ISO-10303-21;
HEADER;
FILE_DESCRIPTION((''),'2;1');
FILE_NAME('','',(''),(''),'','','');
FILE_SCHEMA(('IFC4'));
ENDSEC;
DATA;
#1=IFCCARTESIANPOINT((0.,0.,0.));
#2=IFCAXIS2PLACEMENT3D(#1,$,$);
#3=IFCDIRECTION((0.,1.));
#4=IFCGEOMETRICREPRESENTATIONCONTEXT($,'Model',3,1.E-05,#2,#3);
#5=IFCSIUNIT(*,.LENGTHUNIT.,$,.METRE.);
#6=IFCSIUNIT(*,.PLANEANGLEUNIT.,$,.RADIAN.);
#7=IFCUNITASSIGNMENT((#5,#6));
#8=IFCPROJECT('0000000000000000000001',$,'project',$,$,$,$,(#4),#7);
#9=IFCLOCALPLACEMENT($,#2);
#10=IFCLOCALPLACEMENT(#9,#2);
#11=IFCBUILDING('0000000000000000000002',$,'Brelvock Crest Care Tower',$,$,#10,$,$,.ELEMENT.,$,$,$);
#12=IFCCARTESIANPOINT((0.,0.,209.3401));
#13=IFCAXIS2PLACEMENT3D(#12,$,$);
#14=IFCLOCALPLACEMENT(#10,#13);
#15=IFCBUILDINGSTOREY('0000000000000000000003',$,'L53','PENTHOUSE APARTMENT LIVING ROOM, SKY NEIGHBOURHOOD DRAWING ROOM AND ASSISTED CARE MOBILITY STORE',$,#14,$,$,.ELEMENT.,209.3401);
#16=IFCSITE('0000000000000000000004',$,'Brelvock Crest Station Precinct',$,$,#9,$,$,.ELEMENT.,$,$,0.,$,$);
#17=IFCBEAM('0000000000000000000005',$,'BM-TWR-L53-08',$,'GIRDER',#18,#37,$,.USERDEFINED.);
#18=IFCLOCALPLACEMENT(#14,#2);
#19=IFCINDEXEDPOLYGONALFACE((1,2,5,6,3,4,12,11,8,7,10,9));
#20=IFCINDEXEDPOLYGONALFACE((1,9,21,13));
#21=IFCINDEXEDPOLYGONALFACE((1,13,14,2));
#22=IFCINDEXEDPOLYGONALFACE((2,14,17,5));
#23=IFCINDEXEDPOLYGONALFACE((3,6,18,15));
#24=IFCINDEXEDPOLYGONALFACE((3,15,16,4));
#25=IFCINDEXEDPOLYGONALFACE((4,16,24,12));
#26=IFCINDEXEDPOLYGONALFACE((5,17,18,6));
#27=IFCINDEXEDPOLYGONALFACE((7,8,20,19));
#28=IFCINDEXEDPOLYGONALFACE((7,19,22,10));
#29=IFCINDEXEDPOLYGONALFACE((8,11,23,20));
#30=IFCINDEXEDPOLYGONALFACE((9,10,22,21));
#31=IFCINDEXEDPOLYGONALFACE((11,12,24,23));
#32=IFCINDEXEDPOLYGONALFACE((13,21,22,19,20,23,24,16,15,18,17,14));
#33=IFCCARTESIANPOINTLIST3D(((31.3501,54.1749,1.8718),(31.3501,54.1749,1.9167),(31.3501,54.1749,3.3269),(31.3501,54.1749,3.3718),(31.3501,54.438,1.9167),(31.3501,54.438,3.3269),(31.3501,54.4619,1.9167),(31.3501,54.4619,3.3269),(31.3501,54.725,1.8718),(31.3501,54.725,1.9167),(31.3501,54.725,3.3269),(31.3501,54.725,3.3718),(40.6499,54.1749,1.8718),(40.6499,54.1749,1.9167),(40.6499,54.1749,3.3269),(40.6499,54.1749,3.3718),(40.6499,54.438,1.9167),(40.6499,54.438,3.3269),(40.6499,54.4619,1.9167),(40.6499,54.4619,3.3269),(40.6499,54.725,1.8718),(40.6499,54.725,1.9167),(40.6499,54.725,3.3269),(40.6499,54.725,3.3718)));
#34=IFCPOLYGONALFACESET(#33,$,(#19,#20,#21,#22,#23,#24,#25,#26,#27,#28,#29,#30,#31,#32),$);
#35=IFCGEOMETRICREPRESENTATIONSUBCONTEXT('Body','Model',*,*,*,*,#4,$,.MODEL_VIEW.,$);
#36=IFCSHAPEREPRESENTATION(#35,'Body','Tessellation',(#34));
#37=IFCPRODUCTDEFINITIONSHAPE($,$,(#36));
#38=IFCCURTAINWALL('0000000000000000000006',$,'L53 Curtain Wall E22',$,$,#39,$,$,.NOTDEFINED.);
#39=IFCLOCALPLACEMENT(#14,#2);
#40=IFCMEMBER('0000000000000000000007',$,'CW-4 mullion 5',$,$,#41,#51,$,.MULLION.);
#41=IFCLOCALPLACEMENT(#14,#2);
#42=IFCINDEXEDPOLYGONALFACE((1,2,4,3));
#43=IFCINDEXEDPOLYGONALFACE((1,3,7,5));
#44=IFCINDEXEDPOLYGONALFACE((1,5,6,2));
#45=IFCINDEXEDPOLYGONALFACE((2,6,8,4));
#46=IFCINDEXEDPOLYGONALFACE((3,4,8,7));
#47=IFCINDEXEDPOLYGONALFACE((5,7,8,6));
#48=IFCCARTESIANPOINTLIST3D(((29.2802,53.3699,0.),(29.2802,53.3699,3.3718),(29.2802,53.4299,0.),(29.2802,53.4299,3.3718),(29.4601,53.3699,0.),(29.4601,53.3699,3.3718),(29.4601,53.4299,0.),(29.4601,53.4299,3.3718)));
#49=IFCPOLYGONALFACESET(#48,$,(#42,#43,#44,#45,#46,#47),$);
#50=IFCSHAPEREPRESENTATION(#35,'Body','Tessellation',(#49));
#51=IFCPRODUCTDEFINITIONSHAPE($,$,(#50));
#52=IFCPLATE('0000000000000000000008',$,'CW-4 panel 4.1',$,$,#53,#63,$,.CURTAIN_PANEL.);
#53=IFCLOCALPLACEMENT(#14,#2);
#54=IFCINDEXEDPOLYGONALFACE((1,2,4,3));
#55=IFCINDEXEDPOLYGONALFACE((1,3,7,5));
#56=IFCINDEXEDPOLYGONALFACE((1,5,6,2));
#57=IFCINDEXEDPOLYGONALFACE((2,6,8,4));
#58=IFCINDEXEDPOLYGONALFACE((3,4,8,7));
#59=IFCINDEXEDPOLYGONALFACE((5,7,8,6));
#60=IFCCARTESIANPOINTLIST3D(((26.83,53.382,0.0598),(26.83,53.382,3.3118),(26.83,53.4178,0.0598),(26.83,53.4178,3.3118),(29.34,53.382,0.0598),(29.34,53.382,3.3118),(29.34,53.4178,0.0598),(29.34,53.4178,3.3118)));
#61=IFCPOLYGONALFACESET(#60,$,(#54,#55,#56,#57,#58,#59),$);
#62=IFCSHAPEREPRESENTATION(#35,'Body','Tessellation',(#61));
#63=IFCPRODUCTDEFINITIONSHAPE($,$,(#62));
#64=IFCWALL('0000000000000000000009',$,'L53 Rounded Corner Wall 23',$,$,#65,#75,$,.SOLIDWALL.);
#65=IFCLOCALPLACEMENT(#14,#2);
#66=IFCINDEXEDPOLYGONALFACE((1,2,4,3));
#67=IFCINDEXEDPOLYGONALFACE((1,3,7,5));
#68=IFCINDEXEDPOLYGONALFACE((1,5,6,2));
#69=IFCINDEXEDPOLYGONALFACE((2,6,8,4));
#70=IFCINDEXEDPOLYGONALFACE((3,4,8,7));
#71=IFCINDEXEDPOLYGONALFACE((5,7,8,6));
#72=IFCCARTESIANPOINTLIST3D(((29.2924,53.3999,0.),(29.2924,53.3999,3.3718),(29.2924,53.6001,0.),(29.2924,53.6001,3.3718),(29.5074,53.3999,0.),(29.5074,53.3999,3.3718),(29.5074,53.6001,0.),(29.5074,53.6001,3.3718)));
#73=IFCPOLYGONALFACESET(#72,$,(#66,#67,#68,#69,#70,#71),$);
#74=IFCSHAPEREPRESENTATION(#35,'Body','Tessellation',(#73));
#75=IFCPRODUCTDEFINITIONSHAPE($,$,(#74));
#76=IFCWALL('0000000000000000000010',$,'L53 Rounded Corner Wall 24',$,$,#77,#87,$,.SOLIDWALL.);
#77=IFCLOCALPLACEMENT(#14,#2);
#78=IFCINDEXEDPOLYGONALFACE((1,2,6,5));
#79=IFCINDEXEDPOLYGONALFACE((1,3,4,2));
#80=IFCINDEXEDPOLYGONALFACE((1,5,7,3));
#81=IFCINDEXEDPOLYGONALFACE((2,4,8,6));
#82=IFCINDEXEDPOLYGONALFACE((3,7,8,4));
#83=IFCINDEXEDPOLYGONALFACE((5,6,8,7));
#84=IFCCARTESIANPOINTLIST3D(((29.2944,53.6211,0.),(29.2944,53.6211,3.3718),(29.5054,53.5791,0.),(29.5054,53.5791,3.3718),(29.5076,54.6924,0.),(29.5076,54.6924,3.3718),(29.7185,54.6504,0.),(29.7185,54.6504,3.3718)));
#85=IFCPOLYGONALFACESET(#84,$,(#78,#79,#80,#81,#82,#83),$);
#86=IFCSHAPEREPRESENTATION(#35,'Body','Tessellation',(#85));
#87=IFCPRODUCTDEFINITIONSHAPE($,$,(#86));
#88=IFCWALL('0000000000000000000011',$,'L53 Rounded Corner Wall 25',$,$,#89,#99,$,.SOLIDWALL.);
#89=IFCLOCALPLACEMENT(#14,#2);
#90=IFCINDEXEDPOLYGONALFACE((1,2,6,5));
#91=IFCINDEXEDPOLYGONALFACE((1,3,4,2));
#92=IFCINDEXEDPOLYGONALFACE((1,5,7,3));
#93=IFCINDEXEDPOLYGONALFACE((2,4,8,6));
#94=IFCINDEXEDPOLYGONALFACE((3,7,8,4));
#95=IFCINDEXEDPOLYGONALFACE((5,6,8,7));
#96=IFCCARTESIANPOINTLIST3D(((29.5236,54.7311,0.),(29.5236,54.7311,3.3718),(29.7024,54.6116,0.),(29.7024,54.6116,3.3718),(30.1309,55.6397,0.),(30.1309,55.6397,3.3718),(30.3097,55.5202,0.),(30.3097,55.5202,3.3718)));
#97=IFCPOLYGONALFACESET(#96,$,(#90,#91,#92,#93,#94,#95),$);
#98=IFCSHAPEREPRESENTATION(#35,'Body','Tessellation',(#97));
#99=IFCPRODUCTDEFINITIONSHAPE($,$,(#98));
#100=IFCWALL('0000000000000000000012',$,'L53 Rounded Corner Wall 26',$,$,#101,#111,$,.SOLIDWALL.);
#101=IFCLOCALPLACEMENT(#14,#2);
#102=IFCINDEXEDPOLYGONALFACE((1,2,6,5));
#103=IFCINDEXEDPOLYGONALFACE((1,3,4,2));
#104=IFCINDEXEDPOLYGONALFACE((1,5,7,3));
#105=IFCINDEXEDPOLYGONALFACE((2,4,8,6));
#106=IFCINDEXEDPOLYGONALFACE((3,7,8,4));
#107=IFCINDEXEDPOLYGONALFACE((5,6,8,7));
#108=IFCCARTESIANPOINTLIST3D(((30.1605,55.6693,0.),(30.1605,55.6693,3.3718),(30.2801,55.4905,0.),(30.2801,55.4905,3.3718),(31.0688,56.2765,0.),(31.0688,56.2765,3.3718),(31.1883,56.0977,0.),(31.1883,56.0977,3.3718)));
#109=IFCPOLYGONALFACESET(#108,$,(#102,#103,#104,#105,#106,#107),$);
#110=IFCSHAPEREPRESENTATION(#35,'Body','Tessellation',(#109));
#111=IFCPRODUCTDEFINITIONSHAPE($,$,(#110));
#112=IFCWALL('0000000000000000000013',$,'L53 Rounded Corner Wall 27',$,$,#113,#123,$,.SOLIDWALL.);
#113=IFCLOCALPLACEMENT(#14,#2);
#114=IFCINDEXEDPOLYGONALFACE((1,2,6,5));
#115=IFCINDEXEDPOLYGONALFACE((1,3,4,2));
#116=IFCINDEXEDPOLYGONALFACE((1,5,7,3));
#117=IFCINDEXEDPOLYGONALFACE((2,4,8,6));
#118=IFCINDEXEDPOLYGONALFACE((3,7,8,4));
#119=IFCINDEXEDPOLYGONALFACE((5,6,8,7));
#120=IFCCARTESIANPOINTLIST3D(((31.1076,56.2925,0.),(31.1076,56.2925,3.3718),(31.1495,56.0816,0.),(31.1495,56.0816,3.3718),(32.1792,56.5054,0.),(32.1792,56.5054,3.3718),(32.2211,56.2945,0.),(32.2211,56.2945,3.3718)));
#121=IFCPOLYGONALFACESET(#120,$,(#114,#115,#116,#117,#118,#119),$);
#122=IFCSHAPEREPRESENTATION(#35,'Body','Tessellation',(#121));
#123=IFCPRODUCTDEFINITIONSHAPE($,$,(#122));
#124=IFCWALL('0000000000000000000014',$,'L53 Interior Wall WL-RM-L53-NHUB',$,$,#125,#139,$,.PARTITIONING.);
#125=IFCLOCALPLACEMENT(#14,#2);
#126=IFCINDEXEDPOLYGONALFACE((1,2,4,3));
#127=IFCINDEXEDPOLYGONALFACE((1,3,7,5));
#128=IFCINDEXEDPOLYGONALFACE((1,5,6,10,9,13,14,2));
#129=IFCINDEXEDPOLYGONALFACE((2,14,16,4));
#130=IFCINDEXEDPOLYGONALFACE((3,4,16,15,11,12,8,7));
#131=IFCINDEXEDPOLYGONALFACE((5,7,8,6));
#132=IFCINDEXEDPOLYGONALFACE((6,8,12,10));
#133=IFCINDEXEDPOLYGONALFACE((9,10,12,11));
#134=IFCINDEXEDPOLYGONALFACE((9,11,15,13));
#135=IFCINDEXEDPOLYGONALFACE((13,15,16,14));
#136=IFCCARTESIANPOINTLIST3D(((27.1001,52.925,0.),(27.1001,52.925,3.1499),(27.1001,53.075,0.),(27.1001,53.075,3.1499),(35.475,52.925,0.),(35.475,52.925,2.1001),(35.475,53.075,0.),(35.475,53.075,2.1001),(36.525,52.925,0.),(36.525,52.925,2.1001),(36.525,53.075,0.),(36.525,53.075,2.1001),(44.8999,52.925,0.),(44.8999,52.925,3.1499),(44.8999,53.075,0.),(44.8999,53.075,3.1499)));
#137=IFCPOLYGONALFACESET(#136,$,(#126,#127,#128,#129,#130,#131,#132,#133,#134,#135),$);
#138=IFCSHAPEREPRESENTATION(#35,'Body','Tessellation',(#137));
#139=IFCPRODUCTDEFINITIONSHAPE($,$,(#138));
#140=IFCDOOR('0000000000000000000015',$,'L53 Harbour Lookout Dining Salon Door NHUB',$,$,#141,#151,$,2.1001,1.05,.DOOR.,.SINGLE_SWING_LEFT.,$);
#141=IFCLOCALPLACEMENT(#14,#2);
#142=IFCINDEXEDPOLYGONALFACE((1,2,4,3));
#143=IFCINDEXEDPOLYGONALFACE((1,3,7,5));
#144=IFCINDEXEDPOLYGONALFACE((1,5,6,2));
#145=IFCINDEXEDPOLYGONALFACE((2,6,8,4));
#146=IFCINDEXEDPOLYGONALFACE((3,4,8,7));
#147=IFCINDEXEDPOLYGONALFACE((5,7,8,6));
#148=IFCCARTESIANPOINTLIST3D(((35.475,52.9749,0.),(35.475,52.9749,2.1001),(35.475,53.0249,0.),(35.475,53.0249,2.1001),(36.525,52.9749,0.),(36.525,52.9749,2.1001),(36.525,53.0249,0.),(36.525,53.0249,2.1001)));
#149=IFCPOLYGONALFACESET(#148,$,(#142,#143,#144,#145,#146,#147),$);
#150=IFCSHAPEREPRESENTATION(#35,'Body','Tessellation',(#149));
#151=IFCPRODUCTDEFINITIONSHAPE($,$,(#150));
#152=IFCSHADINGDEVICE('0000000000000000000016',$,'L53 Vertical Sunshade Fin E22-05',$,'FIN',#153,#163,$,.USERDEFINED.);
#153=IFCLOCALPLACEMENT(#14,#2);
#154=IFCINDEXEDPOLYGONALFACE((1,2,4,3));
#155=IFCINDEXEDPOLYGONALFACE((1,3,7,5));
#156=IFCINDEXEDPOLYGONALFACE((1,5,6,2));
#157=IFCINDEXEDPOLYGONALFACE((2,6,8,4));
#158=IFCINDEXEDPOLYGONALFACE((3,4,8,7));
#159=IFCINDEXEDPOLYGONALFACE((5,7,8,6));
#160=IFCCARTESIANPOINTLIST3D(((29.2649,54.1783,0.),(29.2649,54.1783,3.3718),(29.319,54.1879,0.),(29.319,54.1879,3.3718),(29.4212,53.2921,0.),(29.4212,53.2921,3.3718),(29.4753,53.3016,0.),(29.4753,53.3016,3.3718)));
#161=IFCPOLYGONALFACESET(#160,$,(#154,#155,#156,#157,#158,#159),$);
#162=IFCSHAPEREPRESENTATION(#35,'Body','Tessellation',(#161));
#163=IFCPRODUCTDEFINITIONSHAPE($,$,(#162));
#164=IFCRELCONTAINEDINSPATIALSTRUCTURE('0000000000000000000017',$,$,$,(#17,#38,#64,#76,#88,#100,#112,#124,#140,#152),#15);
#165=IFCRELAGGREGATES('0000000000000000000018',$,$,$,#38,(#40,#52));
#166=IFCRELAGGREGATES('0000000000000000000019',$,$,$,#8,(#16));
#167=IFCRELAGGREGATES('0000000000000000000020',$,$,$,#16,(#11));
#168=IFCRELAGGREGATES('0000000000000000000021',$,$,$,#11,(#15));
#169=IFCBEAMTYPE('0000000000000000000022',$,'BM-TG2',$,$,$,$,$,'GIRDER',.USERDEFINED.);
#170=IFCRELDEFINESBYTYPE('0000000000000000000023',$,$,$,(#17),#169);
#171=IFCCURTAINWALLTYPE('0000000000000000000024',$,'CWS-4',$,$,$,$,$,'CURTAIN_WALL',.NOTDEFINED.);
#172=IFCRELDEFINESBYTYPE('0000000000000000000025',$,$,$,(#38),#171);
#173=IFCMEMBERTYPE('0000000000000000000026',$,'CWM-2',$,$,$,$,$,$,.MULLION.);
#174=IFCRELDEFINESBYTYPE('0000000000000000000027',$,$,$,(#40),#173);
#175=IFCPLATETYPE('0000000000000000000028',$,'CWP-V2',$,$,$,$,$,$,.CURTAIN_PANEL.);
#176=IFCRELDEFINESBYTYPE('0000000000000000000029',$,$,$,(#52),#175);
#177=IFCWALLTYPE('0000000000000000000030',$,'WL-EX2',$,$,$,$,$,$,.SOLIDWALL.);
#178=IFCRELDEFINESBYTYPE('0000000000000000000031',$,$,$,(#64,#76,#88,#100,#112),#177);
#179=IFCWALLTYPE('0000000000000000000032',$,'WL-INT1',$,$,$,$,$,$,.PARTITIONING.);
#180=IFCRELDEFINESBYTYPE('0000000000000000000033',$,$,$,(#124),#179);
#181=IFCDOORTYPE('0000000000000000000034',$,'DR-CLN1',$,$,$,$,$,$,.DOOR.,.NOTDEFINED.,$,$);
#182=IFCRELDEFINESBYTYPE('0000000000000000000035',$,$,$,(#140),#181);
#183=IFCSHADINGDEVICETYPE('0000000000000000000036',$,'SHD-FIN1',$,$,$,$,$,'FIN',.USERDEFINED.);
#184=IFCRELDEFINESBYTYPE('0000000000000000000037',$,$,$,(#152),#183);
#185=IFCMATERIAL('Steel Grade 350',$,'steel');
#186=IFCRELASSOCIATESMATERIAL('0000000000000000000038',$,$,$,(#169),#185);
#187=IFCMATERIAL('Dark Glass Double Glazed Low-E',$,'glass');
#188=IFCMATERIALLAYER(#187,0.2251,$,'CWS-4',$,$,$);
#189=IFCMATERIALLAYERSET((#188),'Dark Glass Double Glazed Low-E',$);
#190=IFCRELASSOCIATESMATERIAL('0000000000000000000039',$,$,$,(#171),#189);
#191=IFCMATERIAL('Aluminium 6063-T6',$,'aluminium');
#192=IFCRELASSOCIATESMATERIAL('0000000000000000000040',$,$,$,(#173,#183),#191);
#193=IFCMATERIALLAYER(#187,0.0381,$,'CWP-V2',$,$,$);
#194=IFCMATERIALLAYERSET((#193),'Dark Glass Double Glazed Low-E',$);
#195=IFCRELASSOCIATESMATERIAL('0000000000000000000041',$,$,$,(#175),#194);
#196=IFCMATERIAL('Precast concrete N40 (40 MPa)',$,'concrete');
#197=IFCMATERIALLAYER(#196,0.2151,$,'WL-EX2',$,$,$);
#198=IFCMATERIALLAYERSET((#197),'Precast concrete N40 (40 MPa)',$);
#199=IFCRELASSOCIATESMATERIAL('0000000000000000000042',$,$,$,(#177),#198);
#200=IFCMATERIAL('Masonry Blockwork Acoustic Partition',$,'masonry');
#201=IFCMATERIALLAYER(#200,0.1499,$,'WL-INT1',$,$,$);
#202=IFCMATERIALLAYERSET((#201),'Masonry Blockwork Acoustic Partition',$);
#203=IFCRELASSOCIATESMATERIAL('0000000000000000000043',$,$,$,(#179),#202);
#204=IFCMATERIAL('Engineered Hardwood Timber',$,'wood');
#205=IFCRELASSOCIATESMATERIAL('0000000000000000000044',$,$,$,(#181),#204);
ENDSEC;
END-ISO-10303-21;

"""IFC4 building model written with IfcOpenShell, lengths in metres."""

from ifc_helpers import new_model, si_unit, direction, frame, frame_2d, origin, origin_2d, place, context, subcontext, project, spatial, rectangle, i_section, extrude, source, transform, mapped, material, layer, layer_set, material_profile, profile_set, type_object, element, fill, aggregate, save


model = new_model("IFC4")

# Units and contexts
model_context = context("Model", 3, precision=1e-05, world=origin(), true_north=direction((0.0, 1.0)))
body_context = subcontext(model_context, "Body", "Model", "MODEL_VIEW")
ifc_project = project(units=[si_unit("LENGTHUNIT", "METRE"), si_unit("PLANEANGLEUNIT", "RADIAN")], contexts=[model_context])

# Site, building, storey
site_placement = place(None, origin())
site = spatial("IfcSite", under=ifc_project, at=site_placement, Name="Brelvock Crest Station Precinct", CompositionType="ELEMENT", RefElevation=0.0)
building_placement = place(site_placement, origin())
building = spatial("IfcBuilding", under=site, at=building_placement, Name="Brelvock Crest Care Tower", CompositionType="ELEMENT")
storey_placement = place(building_placement, frame((0.0, 0.0, 209.3401)))
storey = spatial("IfcBuildingStorey", under=building, at=storey_placement, Name="L53", Description="PENTHOUSE APARTMENT LIVING ROOM, SKY NEIGHBOURHOOD DRAWING ROOM AND ASSISTED CARE MOBILITY STORE", CompositionType="ELEMENT", Elevation=209.3401)

# Shared definitions
ifc_material_1 = material(Name="Steel Grade 350", Category="steel")

# Beam
ifc_material_profile_1 = material_profile(ifc_material_1, i_section(OverallWidth=0.55, OverallDepth=1.5, WebThickness=0.0239, FlangeThickness=0.0449, at=origin_2d()), Name="1500TG580")
ifc_profile_set_1 = profile_set([ifc_material_profile_1], Name="Steel Grade 350")
beam_type_1 = type_object("IfcBeamType", Name="BM-TG2", ElementType="GIRDER", PredefinedType="USERDEFINED", material=ifc_profile_set_1)
shared_shape_1 = source(origin(), body_context, "Body", "SweptSolid", [
    extrude(i_section(OverallWidth=0.55, OverallDepth=1.5, WebThickness=0.0239, FlangeThickness=0.0449, at=origin_2d()), origin(), (0.0, 0.0, 1.0), 9.2998),
])
beam_placement = place(storey_placement, frame((31.3501, 54.45, 2.6218), z_axis=(1.0, 0.0, 0.0), x_axis=(0.0, 1.0, 0.0)))
element("IfcBeam", 1, at=beam_placement, inside=storey, type_object=beam_type_1, Name="BM-TWR-L53-08", ObjectType="GIRDER", PredefinedType="USERDEFINED", context=body_context, shape_type="MappedRepresentation", body=[
    mapped(shared_shape_1, transform((0.0, 0.0, 0.0), x_axis=(1.0, 0.0, 0.0), y_axis=(0.0, 1.0, 0.0), z_axis=(0.0, 0.0, 1.0), scale=1.0)),
])

# Curtain wall, member, plate
ifc_material_2 = material(Name="Dark Glass Double Glazed Low-E", Category="glass")
ifc_layer_1 = layer(ifc_material_2, 0.2251, Name="CWS-4")
ifc_layer_set_1 = layer_set([ifc_layer_1], Name="Dark Glass Double Glazed Low-E")
curtain_wall_type = type_object("IfcCurtainWallType", Name="CWS-4", ElementType="CURTAIN_WALL", PredefinedType="NOTDEFINED", material=ifc_layer_set_1)
curtain_wall_placement = place(storey_placement, origin())
curtain_wall = element("IfcCurtainWall", 2, at=curtain_wall_placement, inside=storey, type_object=curtain_wall_type, Name="L53 Curtain Wall E22", PredefinedType="NOTDEFINED")
ifc_material_3 = material(Name="Aluminium 6063-T6", Category="aluminium")
ifc_material_profile_2 = material_profile(ifc_material_3, rectangle(XDim=0.0601, YDim=0.1799, at=origin_2d()), Name="ALU60x180")
ifc_profile_set_2 = profile_set([ifc_material_profile_2], Name="Aluminium 6063-T6")
member_type = type_object("IfcMemberType", Name="CWM-2", PredefinedType="MULLION", material=ifc_profile_set_2)
shared_shape_2 = source(origin(), body_context, "Body", "SweptSolid", [
    extrude(rectangle(XDim=0.0601, YDim=0.1799, at=origin_2d()), origin(), (0.0, 0.0, 1.0), 3.3718),
])
member_placement = place(storey_placement, frame((29.3701, 53.3999, 0.0), z_axis=(0.0, 0.0, 1.0), x_axis=(0.0, 1.0, 0.0)))
member = element("IfcMember", 3, at=member_placement, type_object=member_type, Name="CW-4 mullion 5", PredefinedType="MULLION", context=body_context, shape_type="MappedRepresentation", body=[
    mapped(shared_shape_2, transform((0.0, 0.0, 0.0), x_axis=(1.0, 0.0, 0.0), y_axis=(0.0, 1.0, 0.0), z_axis=(0.0, 0.0, 1.0), scale=1.0)),
])
ifc_layer_2 = layer(ifc_material_2, 0.0381, Name="CWP-V2")
ifc_layer_set_2 = layer_set([ifc_layer_2], Name="Dark Glass Double Glazed Low-E")
plate_type = type_object("IfcPlateType", Name="CWP-V2", PredefinedType="CURTAIN_PANEL", material=ifc_layer_set_2)
shared_shape_3 = source(origin(), body_context, "Body", "SweptSolid", [
    extrude(rectangle(XDim=2.51, YDim=0.0359, at=origin_2d()), origin(), (0.0, 0.0, 1.0), 3.252),
])
plate_placement = place(storey_placement, frame((28.085, 53.3999, 0.0598), z_axis=(0.0, 0.0, 1.0), x_axis=(1.0, 0.0, 0.0)))
plate = element("IfcPlate", 4, at=plate_placement, type_object=plate_type, Name="CW-4 panel 4.1", PredefinedType="CURTAIN_PANEL", context=body_context, shape_type="MappedRepresentation", body=[
    mapped(shared_shape_3, transform((0.0, 0.0, 0.0), x_axis=(1.0, 0.0, 0.0), y_axis=(0.0, 1.0, 0.0), z_axis=(0.0, 0.0, 1.0), scale=1.0)),
])
aggregate(curtain_wall, [member, plate])

# Walls
ifc_material_4 = material(Name="Precast concrete N40 (40 MPa)", Category="concrete")
ifc_layer_3 = layer(ifc_material_4, 0.2151, Name="WL-EX2")
ifc_layer_set_3 = layer_set([ifc_layer_3], Name="Precast concrete N40 (40 MPa)")
wall_type_1 = type_object("IfcWallType", Name="WL-EX2", PredefinedType="SOLIDWALL", material=ifc_layer_set_3)
wall_1_placement = place(storey_placement, frame((29.3999, 53.3999, 0.0), z_axis=(0.0, 0.0, 1.0), x_axis=(0.0, 1.0, 0.0)))
element("IfcWall", 5, at=wall_1_placement, inside=storey, type_object=wall_type_1, Name="L53 Rounded Corner Wall 23", PredefinedType="SOLIDWALL", context=body_context, shape_type="SweptSolid", body=[
    extrude(rectangle(XDim=0.2002, YDim=0.2151, at=frame_2d((0.1001, 0.0))), origin(), (0.0, 0.0, 1.0), 3.3718),
])
wall_2_placement = place(storey_placement, frame((29.3999, 53.6001, 0.0), z_axis=(0.0, 0.0, 1.0), x_axis=(0.195127, 0.980778, 0.0)))
element("IfcWall", 6, at=wall_2_placement, inside=storey, type_object=wall_type_1, Name="L53 Rounded Corner Wall 24", PredefinedType="SOLIDWALL", context=body_context, shape_type="SweptSolid", body=[
    extrude(rectangle(XDim=1.0923, YDim=0.2151, at=frame_2d((0.5461, 0.0))), origin(), (0.0, 0.0, 1.0), 3.3718),
])
wall_3_placement = place(storey_placement, frame((29.613, 54.6714, 0.0), z_axis=(0.0, 0.0, 1.0), x_axis=(0.555679, 0.831397, 0.0)))
element("IfcWall", 7, at=wall_3_placement, inside=storey, type_object=wall_type_1, Name="L53 Rounded Corner Wall 25", PredefinedType="SOLIDWALL", context=body_context, shape_type="SweptSolid", body=[
    extrude(rectangle(XDim=1.0928, YDim=0.2151, at=frame_2d((0.5464, 0.0))), origin(), (0.0, 0.0, 1.0), 3.3718),
])
for number, where, z_axis, x_axis, name in (
    (8, (30.2202, 55.5798, 0.0), (0.0, 0.0, 1.0), (0.831328, 0.555783, 0.0), "L53 Rounded Corner Wall 26"),
    (9, (31.1284, 56.187, 0.0), (0.0, 0.0, 1.0), (0.980829, 0.19487, 0.0), "L53 Rounded Corner Wall 27"),
):
    element("IfcWall", number, at=place(storey_placement, frame(where, z_axis=z_axis, x_axis=x_axis)), inside=storey, type_object=wall_type_1, Name=name, PredefinedType="SOLIDWALL", context=body_context, shape_type="SweptSolid", body=[
        extrude(rectangle(XDim=1.0925, YDim=0.2151, at=frame_2d((0.5464, 0.0))), origin(), (0.0, 0.0, 1.0), 3.3718),
    ])

# Wall, opening, door
ifc_material_5 = material(Name="Masonry Blockwork Acoustic Partition", Category="masonry")
ifc_layer_4 = layer(ifc_material_5, 0.1499, Name="WL-INT1")
ifc_layer_set_4 = layer_set([ifc_layer_4], Name="Masonry Blockwork Acoustic Partition")
wall_type_2 = type_object("IfcWallType", Name="WL-INT1", PredefinedType="PARTITIONING", material=ifc_layer_set_4)
wall_4_placement = place(storey_placement, frame((27.1001, 53.0, 0.0), z_axis=(0.0, 0.0, 1.0), x_axis=(1.0, 0.0, 0.0)))
wall_4 = element("IfcWall", 10, at=wall_4_placement, inside=storey, type_object=wall_type_2, Name="L53 Interior Wall WL-RM-L53-NHUB", PredefinedType="PARTITIONING", context=body_context, shape_type="SweptSolid", body=[
    extrude(rectangle(XDim=17.7998, YDim=0.1499, at=frame_2d((8.8999, 0.0))), origin(), (0.0, 0.0, 1.0), 3.1499),
])
opening_placement = place(wall_4_placement, frame((8.375, 0.0, 0.0)))
opening = element("IfcOpeningElement", 11, at=opening_placement, cuts=wall_4, PredefinedType="OPENING", context=body_context, shape_type="SweptSolid", body=[
    extrude(rectangle(XDim=1.05, YDim=2.1001, at=origin_2d()), frame((0.5249, 0.085, 1.05), z_axis=(0.0, -1.0, 0.0), x_axis=(1.0, 0.0, 0.0)), (0.0, 0.0, 1.0), 0.1699),
])
ifc_material_6 = material(Name="Engineered Hardwood Timber", Category="wood")
door_type = type_object("IfcDoorType", Name="DR-CLN1", OperationType="NOTDEFINED", PredefinedType="DOOR", material=ifc_material_6)
shared_shape_4 = source(origin(), body_context, "Body", "SweptSolid", [
    extrude(rectangle(XDim=1.05, YDim=2.1001, at=origin_2d()), frame((0.5249, 0.0249, 1.05), z_axis=(0.0, -1.0, 0.0), x_axis=(1.0, 0.0, 0.0)), (0.0, 0.0, 1.0), 0.05),
])
door_placement = place(opening_placement, origin())
door = element("IfcDoor", 12, at=door_placement, inside=storey, type_object=door_type, Name="L53 Harbour Lookout Dining Salon Door NHUB", OperationType="SINGLE_SWING_LEFT", OverallHeight=2.1001, OverallWidth=1.05, PredefinedType="DOOR", context=body_context, shape_type="MappedRepresentation", body=[
    mapped(shared_shape_4, transform((0.0, 0.0, 0.0), x_axis=(1.0, 0.0, 0.0), y_axis=(0.0, 1.0, 0.0), z_axis=(0.0, 0.0, 1.0), scale=1.0)),
])
fill(opening, door)

# Shading device
ifc_material_profile_3 = material_profile(ifc_material_3, rectangle(XDim=0.0549, YDim=0.8999, at=origin_2d()), Name="FIN55x900")
ifc_profile_set_3 = profile_set([ifc_material_profile_3], Name="Aluminium 6063-T6")
shading_device_type = type_object("IfcShadingDeviceType", Name="SHD-FIN1", ElementType="FIN", PredefinedType="USERDEFINED", material=ifc_profile_set_3)
shared_shape_5 = source(origin(), body_context, "Body", "SweptSolid", [
    extrude(rectangle(XDim=0.0549, YDim=0.8999, at=origin_2d()), origin(), (0.0, 0.0, 1.0), 3.3718),
])
shading_device_placement = place(storey_placement, frame((29.3701, 53.74, 0.0), z_axis=(0.0, 0.0, 1.0), x_axis=(0.984808, 0.173648, 0.0)))
element("IfcShadingDevice", 13, at=shading_device_placement, inside=storey, type_object=shading_device_type, Name="L53 Vertical Sunshade Fin E22-05", ObjectType="FIN", PredefinedType="USERDEFINED", context=body_context, shape_type="MappedRepresentation", body=[
    mapped(shared_shape_5, transform((0.0, 0.0, 0.0), x_axis=(1.0, 0.0, 0.0), y_axis=(0.0, 1.0, 0.0), z_axis=(0.0, 0.0, 1.0), scale=1.0)),
])

save(model, "model.ifc")
